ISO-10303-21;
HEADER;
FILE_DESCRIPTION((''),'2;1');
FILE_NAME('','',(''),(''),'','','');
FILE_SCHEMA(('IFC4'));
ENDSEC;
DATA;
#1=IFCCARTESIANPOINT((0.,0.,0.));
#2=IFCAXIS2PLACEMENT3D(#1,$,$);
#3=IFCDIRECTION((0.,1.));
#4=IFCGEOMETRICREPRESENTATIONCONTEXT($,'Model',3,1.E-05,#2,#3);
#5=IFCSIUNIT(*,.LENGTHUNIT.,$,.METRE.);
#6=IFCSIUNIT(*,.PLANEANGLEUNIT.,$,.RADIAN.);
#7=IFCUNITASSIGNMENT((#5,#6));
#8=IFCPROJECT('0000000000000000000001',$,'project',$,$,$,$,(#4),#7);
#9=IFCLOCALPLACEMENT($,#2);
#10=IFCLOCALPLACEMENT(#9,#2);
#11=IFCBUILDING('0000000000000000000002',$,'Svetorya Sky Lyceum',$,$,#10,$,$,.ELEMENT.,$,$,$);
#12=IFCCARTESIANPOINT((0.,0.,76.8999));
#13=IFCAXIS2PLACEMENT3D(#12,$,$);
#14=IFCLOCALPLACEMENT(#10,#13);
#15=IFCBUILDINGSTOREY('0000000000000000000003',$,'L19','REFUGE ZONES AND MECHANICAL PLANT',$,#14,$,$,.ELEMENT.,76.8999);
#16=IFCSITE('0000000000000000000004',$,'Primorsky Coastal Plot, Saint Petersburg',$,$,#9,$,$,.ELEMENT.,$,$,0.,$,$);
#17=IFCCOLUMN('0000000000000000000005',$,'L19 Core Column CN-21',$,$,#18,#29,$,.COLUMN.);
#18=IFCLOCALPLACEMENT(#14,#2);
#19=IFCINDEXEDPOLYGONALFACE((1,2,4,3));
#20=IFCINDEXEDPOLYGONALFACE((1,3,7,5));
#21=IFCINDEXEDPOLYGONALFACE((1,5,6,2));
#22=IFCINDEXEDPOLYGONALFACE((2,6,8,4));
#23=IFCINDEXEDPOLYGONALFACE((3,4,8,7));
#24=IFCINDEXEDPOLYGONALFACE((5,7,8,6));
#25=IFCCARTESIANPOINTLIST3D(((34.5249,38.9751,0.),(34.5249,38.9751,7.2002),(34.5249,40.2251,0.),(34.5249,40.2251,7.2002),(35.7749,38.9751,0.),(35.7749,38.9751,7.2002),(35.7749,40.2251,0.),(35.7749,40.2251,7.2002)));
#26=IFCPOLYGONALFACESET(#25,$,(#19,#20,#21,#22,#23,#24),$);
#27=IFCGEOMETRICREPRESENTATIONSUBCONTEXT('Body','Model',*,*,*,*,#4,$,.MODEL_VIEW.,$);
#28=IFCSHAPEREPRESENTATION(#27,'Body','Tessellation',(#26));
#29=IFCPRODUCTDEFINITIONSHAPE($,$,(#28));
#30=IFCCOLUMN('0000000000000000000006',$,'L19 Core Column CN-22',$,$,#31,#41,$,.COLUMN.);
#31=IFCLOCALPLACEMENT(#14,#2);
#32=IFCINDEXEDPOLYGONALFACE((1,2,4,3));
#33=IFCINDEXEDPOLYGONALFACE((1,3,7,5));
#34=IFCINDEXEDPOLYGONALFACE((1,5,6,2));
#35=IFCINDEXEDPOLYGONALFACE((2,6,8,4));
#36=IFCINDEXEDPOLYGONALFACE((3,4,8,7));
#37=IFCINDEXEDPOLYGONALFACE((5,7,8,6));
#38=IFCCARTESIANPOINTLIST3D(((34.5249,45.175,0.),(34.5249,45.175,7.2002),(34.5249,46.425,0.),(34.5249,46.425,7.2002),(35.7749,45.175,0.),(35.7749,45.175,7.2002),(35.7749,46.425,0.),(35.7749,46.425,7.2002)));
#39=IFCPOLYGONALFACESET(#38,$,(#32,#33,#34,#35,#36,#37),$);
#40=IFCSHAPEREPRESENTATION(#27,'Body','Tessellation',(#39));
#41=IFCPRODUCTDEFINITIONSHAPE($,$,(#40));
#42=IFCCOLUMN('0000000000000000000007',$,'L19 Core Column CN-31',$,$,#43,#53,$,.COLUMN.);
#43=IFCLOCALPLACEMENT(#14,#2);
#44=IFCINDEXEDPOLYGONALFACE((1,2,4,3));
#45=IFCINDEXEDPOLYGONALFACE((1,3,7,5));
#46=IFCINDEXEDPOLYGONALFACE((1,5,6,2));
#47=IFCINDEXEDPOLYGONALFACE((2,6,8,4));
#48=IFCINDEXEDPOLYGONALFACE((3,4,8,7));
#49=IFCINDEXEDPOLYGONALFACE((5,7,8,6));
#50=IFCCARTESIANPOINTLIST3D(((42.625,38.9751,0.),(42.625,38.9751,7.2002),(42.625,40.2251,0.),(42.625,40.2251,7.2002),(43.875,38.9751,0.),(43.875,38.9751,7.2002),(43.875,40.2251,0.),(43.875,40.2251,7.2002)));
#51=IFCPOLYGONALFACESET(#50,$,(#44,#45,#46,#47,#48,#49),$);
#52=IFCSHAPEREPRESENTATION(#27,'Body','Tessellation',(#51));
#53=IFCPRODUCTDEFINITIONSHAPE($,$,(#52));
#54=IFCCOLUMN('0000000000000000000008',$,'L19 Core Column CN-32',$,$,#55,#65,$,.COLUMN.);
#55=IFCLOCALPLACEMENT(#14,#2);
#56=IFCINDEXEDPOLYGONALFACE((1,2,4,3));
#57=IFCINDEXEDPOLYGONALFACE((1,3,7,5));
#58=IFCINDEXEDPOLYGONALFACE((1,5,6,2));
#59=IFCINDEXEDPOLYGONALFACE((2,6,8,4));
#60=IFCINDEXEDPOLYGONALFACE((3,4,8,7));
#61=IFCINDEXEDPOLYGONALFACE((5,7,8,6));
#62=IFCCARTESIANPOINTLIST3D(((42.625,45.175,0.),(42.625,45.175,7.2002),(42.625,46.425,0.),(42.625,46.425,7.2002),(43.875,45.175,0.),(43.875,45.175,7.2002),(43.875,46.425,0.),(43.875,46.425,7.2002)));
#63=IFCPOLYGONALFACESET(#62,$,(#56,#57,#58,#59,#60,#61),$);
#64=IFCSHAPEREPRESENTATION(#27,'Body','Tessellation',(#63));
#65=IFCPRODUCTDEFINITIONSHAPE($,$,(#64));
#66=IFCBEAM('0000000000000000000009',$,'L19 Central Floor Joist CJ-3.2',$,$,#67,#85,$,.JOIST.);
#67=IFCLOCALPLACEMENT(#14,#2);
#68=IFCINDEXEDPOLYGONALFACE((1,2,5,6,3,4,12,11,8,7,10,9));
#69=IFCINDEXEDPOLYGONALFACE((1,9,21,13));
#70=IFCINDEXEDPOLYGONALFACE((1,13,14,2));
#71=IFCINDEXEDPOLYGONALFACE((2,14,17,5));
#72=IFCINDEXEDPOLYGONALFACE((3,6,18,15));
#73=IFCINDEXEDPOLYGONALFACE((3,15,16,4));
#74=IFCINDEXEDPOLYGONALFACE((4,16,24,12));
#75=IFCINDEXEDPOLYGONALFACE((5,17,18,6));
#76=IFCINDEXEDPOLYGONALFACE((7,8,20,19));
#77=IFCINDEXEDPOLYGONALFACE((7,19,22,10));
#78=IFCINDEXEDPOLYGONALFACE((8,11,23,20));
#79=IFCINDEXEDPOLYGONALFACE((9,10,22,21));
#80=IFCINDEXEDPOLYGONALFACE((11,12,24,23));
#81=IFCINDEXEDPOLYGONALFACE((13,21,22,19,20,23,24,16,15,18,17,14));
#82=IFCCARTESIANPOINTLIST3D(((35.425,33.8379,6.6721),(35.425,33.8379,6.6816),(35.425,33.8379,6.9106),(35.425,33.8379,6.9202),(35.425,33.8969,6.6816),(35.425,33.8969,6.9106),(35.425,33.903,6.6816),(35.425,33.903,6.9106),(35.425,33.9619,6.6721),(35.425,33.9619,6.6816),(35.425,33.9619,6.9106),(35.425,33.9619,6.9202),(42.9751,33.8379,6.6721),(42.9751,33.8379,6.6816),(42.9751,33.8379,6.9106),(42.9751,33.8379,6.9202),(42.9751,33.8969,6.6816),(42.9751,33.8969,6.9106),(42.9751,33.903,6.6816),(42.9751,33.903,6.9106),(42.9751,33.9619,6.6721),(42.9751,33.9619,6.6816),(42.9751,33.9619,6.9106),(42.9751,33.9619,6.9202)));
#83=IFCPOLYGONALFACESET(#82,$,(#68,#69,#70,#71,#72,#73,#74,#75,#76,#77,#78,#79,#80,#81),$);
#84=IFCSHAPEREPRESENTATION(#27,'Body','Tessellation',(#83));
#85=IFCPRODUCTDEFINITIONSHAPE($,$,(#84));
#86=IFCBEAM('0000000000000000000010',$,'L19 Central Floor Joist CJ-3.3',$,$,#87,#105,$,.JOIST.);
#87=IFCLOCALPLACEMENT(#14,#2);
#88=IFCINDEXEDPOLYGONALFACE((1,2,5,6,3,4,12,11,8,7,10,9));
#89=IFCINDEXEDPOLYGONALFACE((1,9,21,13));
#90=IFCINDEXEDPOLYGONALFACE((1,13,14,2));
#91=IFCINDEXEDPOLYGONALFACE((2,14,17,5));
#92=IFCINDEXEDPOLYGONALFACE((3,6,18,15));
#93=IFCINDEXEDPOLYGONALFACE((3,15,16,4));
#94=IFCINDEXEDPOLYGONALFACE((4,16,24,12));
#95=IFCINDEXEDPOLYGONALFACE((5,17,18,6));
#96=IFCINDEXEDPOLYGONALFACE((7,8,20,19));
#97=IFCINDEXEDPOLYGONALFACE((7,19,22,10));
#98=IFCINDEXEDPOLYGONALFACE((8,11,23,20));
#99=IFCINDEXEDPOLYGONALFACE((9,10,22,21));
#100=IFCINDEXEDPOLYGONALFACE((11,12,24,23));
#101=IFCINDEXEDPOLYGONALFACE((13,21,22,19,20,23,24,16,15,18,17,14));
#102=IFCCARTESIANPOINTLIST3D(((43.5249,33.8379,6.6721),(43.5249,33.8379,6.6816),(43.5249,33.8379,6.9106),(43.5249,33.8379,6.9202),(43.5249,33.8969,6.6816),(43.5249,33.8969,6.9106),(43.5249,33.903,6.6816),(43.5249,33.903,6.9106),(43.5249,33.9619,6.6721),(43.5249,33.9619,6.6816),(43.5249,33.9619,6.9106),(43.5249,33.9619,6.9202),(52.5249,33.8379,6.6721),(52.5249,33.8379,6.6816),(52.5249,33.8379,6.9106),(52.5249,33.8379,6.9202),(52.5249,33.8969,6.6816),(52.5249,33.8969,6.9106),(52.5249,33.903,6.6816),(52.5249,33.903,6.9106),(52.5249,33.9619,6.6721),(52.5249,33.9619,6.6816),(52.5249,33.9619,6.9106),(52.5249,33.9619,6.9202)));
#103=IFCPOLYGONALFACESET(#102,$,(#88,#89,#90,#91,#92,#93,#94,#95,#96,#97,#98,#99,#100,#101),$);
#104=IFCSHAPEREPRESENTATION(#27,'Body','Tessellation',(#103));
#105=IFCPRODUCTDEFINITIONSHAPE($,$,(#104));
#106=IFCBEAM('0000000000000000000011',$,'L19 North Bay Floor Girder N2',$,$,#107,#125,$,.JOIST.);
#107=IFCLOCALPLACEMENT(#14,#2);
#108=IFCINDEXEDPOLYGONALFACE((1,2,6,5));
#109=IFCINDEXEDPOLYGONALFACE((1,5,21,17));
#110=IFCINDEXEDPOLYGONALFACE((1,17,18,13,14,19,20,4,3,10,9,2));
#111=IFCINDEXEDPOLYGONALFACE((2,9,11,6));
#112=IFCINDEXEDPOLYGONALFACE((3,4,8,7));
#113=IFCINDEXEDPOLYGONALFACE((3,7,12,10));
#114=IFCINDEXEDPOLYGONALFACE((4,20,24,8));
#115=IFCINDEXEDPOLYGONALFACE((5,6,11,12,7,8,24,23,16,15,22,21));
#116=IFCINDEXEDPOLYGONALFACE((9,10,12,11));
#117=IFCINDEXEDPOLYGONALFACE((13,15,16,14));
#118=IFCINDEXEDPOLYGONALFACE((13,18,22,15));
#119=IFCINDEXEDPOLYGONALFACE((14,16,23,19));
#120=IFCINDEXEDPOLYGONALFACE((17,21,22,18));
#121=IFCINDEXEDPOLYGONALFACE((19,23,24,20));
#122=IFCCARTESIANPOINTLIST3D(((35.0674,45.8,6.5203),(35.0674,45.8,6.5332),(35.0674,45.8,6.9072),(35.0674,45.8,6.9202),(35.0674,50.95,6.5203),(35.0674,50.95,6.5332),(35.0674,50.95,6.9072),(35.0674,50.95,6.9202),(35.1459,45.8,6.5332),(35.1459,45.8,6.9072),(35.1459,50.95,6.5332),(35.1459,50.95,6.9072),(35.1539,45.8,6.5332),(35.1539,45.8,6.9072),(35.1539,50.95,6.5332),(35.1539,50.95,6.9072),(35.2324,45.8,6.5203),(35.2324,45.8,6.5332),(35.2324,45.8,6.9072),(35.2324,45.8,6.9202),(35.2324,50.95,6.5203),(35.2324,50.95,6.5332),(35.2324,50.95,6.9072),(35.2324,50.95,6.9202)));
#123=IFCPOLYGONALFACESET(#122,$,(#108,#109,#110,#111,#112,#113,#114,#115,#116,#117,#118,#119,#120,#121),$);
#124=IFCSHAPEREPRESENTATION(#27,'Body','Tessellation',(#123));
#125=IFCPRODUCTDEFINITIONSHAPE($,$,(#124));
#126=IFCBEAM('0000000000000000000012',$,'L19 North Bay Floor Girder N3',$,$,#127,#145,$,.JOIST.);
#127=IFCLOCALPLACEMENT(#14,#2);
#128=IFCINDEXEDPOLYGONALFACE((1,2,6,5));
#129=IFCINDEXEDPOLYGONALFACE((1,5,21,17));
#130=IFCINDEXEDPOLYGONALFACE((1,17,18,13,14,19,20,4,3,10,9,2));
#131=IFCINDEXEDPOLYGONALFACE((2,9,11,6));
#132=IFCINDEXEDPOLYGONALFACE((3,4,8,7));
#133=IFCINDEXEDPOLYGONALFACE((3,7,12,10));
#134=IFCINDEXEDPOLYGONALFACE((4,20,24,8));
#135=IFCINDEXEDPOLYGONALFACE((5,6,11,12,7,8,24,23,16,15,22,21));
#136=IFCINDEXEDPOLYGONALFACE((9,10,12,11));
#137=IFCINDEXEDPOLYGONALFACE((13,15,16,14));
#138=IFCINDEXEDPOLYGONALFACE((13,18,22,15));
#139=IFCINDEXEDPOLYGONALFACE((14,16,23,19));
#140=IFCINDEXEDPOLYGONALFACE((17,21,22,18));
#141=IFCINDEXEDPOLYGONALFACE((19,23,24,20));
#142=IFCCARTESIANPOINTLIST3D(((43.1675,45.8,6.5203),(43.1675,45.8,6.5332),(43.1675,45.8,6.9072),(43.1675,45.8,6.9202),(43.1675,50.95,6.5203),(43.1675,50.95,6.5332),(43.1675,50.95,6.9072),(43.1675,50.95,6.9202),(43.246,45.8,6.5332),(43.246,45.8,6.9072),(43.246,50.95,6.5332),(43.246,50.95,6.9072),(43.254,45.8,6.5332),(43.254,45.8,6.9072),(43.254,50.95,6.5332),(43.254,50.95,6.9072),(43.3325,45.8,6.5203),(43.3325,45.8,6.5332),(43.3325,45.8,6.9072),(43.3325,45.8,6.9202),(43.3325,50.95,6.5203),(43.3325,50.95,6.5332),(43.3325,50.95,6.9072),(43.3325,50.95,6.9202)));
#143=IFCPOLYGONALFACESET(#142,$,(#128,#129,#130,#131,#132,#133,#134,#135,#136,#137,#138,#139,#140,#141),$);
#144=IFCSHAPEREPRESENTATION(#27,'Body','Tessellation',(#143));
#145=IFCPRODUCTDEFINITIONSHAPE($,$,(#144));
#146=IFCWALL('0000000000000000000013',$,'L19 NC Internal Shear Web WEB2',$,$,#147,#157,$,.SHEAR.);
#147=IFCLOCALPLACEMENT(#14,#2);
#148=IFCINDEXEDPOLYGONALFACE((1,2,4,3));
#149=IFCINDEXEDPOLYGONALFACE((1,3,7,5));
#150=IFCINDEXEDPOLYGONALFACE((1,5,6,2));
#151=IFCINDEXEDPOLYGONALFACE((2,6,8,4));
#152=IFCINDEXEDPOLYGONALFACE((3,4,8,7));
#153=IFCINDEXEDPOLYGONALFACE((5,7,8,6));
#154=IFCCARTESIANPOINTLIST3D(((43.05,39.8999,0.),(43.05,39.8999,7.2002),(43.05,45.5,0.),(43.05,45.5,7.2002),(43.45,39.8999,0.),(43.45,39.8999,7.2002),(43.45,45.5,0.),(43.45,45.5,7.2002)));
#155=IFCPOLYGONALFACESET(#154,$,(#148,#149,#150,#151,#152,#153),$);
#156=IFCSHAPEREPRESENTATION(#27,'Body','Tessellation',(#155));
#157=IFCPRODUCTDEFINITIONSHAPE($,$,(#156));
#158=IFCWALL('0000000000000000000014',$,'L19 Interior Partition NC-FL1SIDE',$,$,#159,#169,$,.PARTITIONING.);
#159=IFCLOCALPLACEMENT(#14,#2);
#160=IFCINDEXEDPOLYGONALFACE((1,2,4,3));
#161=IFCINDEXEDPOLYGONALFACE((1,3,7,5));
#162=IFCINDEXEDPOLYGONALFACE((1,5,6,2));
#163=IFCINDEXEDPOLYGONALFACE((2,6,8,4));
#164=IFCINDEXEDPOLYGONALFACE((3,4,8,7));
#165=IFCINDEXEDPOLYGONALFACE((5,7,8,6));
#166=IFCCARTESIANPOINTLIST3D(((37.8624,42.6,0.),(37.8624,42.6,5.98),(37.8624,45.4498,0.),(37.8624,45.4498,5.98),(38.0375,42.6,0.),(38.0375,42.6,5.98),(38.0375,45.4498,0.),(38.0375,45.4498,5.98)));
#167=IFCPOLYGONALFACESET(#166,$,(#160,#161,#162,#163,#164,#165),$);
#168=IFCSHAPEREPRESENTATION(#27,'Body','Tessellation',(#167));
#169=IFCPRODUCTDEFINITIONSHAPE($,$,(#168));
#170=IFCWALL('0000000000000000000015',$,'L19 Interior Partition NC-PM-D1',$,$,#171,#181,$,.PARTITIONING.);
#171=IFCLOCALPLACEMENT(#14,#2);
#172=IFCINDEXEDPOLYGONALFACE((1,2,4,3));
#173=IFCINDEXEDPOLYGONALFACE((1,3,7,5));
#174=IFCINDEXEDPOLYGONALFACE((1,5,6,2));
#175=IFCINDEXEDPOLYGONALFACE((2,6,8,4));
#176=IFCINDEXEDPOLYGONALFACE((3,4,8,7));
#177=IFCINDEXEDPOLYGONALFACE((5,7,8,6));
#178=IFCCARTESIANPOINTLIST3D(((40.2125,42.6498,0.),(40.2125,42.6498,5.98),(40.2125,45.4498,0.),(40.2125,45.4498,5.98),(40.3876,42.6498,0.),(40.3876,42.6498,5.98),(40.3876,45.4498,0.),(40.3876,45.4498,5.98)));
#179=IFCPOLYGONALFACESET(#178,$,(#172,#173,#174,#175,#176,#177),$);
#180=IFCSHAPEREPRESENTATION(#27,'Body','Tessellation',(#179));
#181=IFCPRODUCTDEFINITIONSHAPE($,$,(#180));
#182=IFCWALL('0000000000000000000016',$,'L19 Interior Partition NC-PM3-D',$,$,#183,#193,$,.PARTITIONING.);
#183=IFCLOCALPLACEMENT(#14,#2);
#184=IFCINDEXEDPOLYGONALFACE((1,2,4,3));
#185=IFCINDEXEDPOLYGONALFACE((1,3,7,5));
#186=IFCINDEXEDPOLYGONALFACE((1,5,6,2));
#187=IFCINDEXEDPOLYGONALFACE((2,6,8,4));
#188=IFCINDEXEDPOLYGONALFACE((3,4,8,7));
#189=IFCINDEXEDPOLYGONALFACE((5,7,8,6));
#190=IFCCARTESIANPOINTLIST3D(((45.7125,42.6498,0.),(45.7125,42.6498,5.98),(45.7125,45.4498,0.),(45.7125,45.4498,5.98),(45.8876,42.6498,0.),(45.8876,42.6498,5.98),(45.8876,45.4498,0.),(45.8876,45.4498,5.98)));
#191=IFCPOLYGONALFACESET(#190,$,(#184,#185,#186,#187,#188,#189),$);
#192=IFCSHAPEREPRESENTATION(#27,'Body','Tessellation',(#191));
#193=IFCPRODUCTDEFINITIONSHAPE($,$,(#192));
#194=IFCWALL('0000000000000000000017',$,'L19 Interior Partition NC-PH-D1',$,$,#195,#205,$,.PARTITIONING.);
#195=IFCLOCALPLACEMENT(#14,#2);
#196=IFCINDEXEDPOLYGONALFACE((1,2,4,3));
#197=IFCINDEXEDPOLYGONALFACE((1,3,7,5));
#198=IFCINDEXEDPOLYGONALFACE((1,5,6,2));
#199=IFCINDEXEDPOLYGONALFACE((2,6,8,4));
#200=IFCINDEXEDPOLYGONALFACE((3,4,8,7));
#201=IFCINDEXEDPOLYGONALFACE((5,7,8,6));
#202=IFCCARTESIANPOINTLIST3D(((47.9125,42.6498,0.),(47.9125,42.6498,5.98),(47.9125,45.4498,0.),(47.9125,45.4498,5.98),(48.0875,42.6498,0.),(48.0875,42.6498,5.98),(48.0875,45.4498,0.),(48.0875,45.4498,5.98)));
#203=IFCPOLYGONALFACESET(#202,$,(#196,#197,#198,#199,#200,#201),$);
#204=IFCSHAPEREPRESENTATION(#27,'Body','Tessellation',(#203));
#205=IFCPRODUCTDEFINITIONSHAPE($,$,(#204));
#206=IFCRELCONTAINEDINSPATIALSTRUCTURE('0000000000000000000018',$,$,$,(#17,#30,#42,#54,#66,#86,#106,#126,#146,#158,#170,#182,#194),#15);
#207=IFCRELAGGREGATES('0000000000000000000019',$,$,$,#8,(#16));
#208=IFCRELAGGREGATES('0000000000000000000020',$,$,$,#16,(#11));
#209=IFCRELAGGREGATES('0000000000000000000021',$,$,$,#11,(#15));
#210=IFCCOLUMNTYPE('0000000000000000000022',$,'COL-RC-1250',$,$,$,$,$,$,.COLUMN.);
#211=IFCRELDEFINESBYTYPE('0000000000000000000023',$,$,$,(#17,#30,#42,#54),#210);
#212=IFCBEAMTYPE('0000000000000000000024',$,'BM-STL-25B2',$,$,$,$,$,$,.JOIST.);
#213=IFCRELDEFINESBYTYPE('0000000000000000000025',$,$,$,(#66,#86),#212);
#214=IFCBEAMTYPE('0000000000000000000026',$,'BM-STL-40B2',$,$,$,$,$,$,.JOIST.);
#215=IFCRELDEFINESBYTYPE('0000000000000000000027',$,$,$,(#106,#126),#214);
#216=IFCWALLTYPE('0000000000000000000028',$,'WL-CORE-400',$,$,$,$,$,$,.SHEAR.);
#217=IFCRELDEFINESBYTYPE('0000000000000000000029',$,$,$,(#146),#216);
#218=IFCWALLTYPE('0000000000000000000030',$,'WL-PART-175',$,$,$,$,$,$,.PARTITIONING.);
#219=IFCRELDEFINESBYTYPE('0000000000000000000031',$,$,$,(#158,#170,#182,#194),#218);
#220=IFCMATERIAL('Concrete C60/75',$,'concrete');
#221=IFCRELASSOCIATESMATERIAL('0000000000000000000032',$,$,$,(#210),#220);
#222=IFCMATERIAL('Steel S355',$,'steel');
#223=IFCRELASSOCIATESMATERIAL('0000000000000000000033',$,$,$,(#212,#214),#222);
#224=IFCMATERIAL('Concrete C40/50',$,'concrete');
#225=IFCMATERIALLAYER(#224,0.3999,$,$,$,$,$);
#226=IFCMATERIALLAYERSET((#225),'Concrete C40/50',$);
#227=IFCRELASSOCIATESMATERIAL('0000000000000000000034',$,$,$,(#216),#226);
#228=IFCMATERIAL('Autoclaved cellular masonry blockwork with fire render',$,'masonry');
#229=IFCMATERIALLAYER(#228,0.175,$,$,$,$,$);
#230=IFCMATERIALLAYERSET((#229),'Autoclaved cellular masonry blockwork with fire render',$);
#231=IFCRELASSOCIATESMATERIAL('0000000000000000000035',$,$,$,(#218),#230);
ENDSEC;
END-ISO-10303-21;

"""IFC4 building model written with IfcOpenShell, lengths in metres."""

from ifc_helpers import new_model, si_unit, direction, frame, frame_2d, origin, origin_2d, place, context, subcontext, project, spatial, rectangle, i_section, extrude, material, layer, layer_set, material_profile, profile_set, type_object, element, save


model = new_model("IFC4")

# Units and contexts
model_context = context("Model", 3, precision=1e-05, world=origin(), true_north=direction((0.0, 1.0)))
body_context = subcontext(model_context, "Body", "Model", "MODEL_VIEW")
ifc_project = project(units=[si_unit("LENGTHUNIT", "METRE"), si_unit("PLANEANGLEUNIT", "RADIAN")], contexts=[model_context])

# Site, building, storey
site_placement = place(None, origin())
site = spatial("IfcSite", under=ifc_project, at=site_placement, Name="Primorsky Coastal Plot, Saint Petersburg", CompositionType="ELEMENT", RefElevation=0.0)
building_placement = place(site_placement, origin())
building = spatial("IfcBuilding", under=site, at=building_placement, Name="Svetorya Sky Lyceum", CompositionType="ELEMENT")
storey_placement = place(building_placement, frame((0.0, 0.0, 76.8999)))
storey = spatial("IfcBuildingStorey", under=building, at=storey_placement, Name="L19", Description="REFUGE ZONES AND MECHANICAL PLANT", CompositionType="ELEMENT", Elevation=76.8999)

# Columns
ifc_material_1 = material(Name="Concrete C60/75", Category="concrete")
ifc_material_profile_1 = material_profile(ifc_material_1, rectangle(XDim=1.25, YDim=1.25, at=origin_2d()), Name="RC COL 1250x1250")
ifc_profile_set_1 = profile_set([ifc_material_profile_1], Name="Concrete C60/75")
column_type = type_object("IfcColumnType", Name="COL-RC-1250", PredefinedType="COLUMN", material=ifc_profile_set_1)
for number, where, z_axis, x_axis, name in (
    (1, (35.1499, 39.6001, 0.0), (0.0, 0.0, 1.0), (1.0, 0.0, 0.0), "L19 Core Column CN-21"),
    (2, (35.1499, 45.8, 0.0), (0.0, 0.0, 1.0), (1.0, 0.0, 0.0), "L19 Core Column CN-22"),
    (3, (43.25, 39.6001, 0.0), (0.0, 0.0, 1.0), (1.0, 0.0, 0.0), "L19 Core Column CN-31"),
    (4, (43.25, 45.8, 0.0), (0.0, 0.0, 1.0), (1.0, 0.0, 0.0), "L19 Core Column CN-32"),
):
    element("IfcColumn", number, at=place(storey_placement, frame(where, z_axis=z_axis, x_axis=x_axis)), inside=storey, type_object=column_type, Name=name, PredefinedType="COLUMN", context=body_context, shape_type="SweptSolid", body=[
        extrude(rectangle(XDim=1.25, YDim=1.25, at=origin_2d()), origin(), (0.0, 0.0, 1.0), 7.2002),
    ])

# Beams
ifc_material_2 = material(Name="Steel S355", Category="steel")
ifc_material_profile_2 = material_profile(ifc_material_2, i_section(OverallWidth=0.124, OverallDepth=0.248, WebThickness=0.0061, FlangeThickness=0.0095, at=origin_2d()), Name="GOST 25B2")
ifc_profile_set_2 = profile_set([ifc_material_profile_2], Name="Steel S355")
beam_type_1 = type_object("IfcBeamType", Name="BM-STL-25B2", PredefinedType="JOIST", material=ifc_profile_set_2)
beam_1_placement = place(storey_placement, frame((35.425, 33.8999, 6.7961), z_axis=(1.0, 0.0, 0.0), x_axis=(0.0, 1.0, 0.0)))
element("IfcBeam", 5, at=beam_1_placement, inside=storey, type_object=beam_type_1, Name="L19 Central Floor Joist CJ-3.2", PredefinedType="JOIST", context=body_context, shape_type="SweptSolid", body=[
    extrude(i_section(OverallWidth=0.124, OverallDepth=0.248, WebThickness=0.0061, FlangeThickness=0.0095, at=origin_2d()), origin(), (0.0, 0.0, 1.0), 7.55),
])
beam_2_placement = place(storey_placement, frame((43.5249, 33.8999, 6.7961), z_axis=(1.0, 0.0, 0.0), x_axis=(0.0, 1.0, 0.0)))
element("IfcBeam", 6, at=beam_2_placement, inside=storey, type_object=beam_type_1, Name="L19 Central Floor Joist CJ-3.3", PredefinedType="JOIST", context=body_context, shape_type="SweptSolid", body=[
    extrude(i_section(OverallWidth=0.124, OverallDepth=0.248, WebThickness=0.0061, FlangeThickness=0.0095, at=origin_2d()), origin(), (0.0, 0.0, 1.0), 9.0),
])
ifc_material_profile_3 = material_profile(ifc_material_2, i_section(OverallWidth=0.165, OverallDepth=0.3999, WebThickness=0.0081, FlangeThickness=0.0129, at=origin_2d()), Name="GOST 40B2")
ifc_profile_set_3 = profile_set([ifc_material_profile_3], Name="Steel S355")
beam_type_2 = type_object("IfcBeamType", Name="BM-STL-40B2", PredefinedType="JOIST", material=ifc_profile_set_3)
for number, where, z_axis, x_axis, name in (
    (7, (35.1499, 45.8, 6.7202), (0.0, 1.0, 0.0), (-1.0, 0.0, 0.0), "L19 North Bay Floor Girder N2"),
    (8, (43.25, 45.8, 6.7202), (0.0, 1.0, 0.0), (-1.0, 0.0, 0.0), "L19 North Bay Floor Girder N3"),
):
    element("IfcBeam", number, at=place(storey_placement, frame(where, z_axis=z_axis, x_axis=x_axis)), inside=storey, type_object=beam_type_2, Name=name, PredefinedType="JOIST", context=body_context, shape_type="SweptSolid", body=[
        extrude(i_section(OverallWidth=0.165, OverallDepth=0.3999, WebThickness=0.0081, FlangeThickness=0.0129, at=origin_2d()), origin(), (0.0, 0.0, 1.0), 5.1499),
    ])

# Walls
ifc_material_3 = material(Name="Concrete C40/50", Category="concrete")
ifc_layer_1 = layer(ifc_material_3, 0.3999)
ifc_layer_set_1 = layer_set([ifc_layer_1], Name="Concrete C40/50")
wall_type_1 = type_object("IfcWallType", Name="WL-CORE-400", PredefinedType="SHEAR", material=ifc_layer_set_1)
wall_1_placement = place(storey_placement, frame((43.25, 39.8999, 0.0), z_axis=(0.0, 0.0, 1.0), x_axis=(0.0, 1.0, 0.0)))
element("IfcWall", 9, at=wall_1_placement, inside=storey, type_object=wall_type_1, Name="L19 NC Internal Shear Web WEB2", PredefinedType="SHEAR", context=body_context, shape_type="SweptSolid", body=[
    extrude(rectangle(XDim=5.6001, YDim=0.3999, at=frame_2d((2.8, 0.0))), origin(), (0.0, 0.0, 1.0), 7.2002),
])
ifc_material_4 = material(Name="Autoclaved cellular masonry blockwork with fire render", Category="masonry")
ifc_layer_2 = layer(ifc_material_4, 0.175)
ifc_layer_set_2 = layer_set([ifc_layer_2], Name="Autoclaved cellular masonry blockwork with fire render")
wall_type_2 = type_object("IfcWallType", Name="WL-PART-175", PredefinedType="PARTITIONING", material=ifc_layer_set_2)
wall_2_placement = place(storey_placement, frame((37.95, 42.6001, 0.0), z_axis=(0.0, 0.0, 1.0), x_axis=(0.0, 1.0, 0.0)))
element("IfcWall", 10, at=wall_2_placement, inside=storey, type_object=wall_type_2, Name="L19 Interior Partition NC-FL1SIDE", PredefinedType="PARTITIONING", context=body_context, shape_type="SweptSolid", body=[
    extrude(rectangle(XDim=2.8499, YDim=0.175, at=frame_2d((1.4248, 0.0))), origin(), (0.0, 0.0, 1.0), 5.98),
])
for number, where, z_axis, x_axis, name in (
    (11, (40.3, 42.6499, 0.0), (0.0, 0.0, 1.0), (0.0, 1.0, 0.0), "L19 Interior Partition NC-PM-D1"),
    (12, (45.8, 42.6499, 0.0), (0.0, 0.0, 1.0), (0.0, 1.0, 0.0), "L19 Interior Partition NC-PM3-D"),
    (13, (48.0, 42.6499, 0.0), (0.0, 0.0, 1.0), (0.0, 1.0, 0.0), "L19 Interior Partition NC-PH-D1"),
):
    element("IfcWall", number, at=place(storey_placement, frame(where, z_axis=z_axis, x_axis=x_axis)), inside=storey, type_object=wall_type_2, Name=name, PredefinedType="PARTITIONING", context=body_context, shape_type="SweptSolid", body=[
        extrude(rectangle(XDim=2.8, YDim=0.175, at=frame_2d((1.3999, 0.0))), origin(), (0.0, 0.0, 1.0), 5.98),
    ])

save(model, "model.ifc")
